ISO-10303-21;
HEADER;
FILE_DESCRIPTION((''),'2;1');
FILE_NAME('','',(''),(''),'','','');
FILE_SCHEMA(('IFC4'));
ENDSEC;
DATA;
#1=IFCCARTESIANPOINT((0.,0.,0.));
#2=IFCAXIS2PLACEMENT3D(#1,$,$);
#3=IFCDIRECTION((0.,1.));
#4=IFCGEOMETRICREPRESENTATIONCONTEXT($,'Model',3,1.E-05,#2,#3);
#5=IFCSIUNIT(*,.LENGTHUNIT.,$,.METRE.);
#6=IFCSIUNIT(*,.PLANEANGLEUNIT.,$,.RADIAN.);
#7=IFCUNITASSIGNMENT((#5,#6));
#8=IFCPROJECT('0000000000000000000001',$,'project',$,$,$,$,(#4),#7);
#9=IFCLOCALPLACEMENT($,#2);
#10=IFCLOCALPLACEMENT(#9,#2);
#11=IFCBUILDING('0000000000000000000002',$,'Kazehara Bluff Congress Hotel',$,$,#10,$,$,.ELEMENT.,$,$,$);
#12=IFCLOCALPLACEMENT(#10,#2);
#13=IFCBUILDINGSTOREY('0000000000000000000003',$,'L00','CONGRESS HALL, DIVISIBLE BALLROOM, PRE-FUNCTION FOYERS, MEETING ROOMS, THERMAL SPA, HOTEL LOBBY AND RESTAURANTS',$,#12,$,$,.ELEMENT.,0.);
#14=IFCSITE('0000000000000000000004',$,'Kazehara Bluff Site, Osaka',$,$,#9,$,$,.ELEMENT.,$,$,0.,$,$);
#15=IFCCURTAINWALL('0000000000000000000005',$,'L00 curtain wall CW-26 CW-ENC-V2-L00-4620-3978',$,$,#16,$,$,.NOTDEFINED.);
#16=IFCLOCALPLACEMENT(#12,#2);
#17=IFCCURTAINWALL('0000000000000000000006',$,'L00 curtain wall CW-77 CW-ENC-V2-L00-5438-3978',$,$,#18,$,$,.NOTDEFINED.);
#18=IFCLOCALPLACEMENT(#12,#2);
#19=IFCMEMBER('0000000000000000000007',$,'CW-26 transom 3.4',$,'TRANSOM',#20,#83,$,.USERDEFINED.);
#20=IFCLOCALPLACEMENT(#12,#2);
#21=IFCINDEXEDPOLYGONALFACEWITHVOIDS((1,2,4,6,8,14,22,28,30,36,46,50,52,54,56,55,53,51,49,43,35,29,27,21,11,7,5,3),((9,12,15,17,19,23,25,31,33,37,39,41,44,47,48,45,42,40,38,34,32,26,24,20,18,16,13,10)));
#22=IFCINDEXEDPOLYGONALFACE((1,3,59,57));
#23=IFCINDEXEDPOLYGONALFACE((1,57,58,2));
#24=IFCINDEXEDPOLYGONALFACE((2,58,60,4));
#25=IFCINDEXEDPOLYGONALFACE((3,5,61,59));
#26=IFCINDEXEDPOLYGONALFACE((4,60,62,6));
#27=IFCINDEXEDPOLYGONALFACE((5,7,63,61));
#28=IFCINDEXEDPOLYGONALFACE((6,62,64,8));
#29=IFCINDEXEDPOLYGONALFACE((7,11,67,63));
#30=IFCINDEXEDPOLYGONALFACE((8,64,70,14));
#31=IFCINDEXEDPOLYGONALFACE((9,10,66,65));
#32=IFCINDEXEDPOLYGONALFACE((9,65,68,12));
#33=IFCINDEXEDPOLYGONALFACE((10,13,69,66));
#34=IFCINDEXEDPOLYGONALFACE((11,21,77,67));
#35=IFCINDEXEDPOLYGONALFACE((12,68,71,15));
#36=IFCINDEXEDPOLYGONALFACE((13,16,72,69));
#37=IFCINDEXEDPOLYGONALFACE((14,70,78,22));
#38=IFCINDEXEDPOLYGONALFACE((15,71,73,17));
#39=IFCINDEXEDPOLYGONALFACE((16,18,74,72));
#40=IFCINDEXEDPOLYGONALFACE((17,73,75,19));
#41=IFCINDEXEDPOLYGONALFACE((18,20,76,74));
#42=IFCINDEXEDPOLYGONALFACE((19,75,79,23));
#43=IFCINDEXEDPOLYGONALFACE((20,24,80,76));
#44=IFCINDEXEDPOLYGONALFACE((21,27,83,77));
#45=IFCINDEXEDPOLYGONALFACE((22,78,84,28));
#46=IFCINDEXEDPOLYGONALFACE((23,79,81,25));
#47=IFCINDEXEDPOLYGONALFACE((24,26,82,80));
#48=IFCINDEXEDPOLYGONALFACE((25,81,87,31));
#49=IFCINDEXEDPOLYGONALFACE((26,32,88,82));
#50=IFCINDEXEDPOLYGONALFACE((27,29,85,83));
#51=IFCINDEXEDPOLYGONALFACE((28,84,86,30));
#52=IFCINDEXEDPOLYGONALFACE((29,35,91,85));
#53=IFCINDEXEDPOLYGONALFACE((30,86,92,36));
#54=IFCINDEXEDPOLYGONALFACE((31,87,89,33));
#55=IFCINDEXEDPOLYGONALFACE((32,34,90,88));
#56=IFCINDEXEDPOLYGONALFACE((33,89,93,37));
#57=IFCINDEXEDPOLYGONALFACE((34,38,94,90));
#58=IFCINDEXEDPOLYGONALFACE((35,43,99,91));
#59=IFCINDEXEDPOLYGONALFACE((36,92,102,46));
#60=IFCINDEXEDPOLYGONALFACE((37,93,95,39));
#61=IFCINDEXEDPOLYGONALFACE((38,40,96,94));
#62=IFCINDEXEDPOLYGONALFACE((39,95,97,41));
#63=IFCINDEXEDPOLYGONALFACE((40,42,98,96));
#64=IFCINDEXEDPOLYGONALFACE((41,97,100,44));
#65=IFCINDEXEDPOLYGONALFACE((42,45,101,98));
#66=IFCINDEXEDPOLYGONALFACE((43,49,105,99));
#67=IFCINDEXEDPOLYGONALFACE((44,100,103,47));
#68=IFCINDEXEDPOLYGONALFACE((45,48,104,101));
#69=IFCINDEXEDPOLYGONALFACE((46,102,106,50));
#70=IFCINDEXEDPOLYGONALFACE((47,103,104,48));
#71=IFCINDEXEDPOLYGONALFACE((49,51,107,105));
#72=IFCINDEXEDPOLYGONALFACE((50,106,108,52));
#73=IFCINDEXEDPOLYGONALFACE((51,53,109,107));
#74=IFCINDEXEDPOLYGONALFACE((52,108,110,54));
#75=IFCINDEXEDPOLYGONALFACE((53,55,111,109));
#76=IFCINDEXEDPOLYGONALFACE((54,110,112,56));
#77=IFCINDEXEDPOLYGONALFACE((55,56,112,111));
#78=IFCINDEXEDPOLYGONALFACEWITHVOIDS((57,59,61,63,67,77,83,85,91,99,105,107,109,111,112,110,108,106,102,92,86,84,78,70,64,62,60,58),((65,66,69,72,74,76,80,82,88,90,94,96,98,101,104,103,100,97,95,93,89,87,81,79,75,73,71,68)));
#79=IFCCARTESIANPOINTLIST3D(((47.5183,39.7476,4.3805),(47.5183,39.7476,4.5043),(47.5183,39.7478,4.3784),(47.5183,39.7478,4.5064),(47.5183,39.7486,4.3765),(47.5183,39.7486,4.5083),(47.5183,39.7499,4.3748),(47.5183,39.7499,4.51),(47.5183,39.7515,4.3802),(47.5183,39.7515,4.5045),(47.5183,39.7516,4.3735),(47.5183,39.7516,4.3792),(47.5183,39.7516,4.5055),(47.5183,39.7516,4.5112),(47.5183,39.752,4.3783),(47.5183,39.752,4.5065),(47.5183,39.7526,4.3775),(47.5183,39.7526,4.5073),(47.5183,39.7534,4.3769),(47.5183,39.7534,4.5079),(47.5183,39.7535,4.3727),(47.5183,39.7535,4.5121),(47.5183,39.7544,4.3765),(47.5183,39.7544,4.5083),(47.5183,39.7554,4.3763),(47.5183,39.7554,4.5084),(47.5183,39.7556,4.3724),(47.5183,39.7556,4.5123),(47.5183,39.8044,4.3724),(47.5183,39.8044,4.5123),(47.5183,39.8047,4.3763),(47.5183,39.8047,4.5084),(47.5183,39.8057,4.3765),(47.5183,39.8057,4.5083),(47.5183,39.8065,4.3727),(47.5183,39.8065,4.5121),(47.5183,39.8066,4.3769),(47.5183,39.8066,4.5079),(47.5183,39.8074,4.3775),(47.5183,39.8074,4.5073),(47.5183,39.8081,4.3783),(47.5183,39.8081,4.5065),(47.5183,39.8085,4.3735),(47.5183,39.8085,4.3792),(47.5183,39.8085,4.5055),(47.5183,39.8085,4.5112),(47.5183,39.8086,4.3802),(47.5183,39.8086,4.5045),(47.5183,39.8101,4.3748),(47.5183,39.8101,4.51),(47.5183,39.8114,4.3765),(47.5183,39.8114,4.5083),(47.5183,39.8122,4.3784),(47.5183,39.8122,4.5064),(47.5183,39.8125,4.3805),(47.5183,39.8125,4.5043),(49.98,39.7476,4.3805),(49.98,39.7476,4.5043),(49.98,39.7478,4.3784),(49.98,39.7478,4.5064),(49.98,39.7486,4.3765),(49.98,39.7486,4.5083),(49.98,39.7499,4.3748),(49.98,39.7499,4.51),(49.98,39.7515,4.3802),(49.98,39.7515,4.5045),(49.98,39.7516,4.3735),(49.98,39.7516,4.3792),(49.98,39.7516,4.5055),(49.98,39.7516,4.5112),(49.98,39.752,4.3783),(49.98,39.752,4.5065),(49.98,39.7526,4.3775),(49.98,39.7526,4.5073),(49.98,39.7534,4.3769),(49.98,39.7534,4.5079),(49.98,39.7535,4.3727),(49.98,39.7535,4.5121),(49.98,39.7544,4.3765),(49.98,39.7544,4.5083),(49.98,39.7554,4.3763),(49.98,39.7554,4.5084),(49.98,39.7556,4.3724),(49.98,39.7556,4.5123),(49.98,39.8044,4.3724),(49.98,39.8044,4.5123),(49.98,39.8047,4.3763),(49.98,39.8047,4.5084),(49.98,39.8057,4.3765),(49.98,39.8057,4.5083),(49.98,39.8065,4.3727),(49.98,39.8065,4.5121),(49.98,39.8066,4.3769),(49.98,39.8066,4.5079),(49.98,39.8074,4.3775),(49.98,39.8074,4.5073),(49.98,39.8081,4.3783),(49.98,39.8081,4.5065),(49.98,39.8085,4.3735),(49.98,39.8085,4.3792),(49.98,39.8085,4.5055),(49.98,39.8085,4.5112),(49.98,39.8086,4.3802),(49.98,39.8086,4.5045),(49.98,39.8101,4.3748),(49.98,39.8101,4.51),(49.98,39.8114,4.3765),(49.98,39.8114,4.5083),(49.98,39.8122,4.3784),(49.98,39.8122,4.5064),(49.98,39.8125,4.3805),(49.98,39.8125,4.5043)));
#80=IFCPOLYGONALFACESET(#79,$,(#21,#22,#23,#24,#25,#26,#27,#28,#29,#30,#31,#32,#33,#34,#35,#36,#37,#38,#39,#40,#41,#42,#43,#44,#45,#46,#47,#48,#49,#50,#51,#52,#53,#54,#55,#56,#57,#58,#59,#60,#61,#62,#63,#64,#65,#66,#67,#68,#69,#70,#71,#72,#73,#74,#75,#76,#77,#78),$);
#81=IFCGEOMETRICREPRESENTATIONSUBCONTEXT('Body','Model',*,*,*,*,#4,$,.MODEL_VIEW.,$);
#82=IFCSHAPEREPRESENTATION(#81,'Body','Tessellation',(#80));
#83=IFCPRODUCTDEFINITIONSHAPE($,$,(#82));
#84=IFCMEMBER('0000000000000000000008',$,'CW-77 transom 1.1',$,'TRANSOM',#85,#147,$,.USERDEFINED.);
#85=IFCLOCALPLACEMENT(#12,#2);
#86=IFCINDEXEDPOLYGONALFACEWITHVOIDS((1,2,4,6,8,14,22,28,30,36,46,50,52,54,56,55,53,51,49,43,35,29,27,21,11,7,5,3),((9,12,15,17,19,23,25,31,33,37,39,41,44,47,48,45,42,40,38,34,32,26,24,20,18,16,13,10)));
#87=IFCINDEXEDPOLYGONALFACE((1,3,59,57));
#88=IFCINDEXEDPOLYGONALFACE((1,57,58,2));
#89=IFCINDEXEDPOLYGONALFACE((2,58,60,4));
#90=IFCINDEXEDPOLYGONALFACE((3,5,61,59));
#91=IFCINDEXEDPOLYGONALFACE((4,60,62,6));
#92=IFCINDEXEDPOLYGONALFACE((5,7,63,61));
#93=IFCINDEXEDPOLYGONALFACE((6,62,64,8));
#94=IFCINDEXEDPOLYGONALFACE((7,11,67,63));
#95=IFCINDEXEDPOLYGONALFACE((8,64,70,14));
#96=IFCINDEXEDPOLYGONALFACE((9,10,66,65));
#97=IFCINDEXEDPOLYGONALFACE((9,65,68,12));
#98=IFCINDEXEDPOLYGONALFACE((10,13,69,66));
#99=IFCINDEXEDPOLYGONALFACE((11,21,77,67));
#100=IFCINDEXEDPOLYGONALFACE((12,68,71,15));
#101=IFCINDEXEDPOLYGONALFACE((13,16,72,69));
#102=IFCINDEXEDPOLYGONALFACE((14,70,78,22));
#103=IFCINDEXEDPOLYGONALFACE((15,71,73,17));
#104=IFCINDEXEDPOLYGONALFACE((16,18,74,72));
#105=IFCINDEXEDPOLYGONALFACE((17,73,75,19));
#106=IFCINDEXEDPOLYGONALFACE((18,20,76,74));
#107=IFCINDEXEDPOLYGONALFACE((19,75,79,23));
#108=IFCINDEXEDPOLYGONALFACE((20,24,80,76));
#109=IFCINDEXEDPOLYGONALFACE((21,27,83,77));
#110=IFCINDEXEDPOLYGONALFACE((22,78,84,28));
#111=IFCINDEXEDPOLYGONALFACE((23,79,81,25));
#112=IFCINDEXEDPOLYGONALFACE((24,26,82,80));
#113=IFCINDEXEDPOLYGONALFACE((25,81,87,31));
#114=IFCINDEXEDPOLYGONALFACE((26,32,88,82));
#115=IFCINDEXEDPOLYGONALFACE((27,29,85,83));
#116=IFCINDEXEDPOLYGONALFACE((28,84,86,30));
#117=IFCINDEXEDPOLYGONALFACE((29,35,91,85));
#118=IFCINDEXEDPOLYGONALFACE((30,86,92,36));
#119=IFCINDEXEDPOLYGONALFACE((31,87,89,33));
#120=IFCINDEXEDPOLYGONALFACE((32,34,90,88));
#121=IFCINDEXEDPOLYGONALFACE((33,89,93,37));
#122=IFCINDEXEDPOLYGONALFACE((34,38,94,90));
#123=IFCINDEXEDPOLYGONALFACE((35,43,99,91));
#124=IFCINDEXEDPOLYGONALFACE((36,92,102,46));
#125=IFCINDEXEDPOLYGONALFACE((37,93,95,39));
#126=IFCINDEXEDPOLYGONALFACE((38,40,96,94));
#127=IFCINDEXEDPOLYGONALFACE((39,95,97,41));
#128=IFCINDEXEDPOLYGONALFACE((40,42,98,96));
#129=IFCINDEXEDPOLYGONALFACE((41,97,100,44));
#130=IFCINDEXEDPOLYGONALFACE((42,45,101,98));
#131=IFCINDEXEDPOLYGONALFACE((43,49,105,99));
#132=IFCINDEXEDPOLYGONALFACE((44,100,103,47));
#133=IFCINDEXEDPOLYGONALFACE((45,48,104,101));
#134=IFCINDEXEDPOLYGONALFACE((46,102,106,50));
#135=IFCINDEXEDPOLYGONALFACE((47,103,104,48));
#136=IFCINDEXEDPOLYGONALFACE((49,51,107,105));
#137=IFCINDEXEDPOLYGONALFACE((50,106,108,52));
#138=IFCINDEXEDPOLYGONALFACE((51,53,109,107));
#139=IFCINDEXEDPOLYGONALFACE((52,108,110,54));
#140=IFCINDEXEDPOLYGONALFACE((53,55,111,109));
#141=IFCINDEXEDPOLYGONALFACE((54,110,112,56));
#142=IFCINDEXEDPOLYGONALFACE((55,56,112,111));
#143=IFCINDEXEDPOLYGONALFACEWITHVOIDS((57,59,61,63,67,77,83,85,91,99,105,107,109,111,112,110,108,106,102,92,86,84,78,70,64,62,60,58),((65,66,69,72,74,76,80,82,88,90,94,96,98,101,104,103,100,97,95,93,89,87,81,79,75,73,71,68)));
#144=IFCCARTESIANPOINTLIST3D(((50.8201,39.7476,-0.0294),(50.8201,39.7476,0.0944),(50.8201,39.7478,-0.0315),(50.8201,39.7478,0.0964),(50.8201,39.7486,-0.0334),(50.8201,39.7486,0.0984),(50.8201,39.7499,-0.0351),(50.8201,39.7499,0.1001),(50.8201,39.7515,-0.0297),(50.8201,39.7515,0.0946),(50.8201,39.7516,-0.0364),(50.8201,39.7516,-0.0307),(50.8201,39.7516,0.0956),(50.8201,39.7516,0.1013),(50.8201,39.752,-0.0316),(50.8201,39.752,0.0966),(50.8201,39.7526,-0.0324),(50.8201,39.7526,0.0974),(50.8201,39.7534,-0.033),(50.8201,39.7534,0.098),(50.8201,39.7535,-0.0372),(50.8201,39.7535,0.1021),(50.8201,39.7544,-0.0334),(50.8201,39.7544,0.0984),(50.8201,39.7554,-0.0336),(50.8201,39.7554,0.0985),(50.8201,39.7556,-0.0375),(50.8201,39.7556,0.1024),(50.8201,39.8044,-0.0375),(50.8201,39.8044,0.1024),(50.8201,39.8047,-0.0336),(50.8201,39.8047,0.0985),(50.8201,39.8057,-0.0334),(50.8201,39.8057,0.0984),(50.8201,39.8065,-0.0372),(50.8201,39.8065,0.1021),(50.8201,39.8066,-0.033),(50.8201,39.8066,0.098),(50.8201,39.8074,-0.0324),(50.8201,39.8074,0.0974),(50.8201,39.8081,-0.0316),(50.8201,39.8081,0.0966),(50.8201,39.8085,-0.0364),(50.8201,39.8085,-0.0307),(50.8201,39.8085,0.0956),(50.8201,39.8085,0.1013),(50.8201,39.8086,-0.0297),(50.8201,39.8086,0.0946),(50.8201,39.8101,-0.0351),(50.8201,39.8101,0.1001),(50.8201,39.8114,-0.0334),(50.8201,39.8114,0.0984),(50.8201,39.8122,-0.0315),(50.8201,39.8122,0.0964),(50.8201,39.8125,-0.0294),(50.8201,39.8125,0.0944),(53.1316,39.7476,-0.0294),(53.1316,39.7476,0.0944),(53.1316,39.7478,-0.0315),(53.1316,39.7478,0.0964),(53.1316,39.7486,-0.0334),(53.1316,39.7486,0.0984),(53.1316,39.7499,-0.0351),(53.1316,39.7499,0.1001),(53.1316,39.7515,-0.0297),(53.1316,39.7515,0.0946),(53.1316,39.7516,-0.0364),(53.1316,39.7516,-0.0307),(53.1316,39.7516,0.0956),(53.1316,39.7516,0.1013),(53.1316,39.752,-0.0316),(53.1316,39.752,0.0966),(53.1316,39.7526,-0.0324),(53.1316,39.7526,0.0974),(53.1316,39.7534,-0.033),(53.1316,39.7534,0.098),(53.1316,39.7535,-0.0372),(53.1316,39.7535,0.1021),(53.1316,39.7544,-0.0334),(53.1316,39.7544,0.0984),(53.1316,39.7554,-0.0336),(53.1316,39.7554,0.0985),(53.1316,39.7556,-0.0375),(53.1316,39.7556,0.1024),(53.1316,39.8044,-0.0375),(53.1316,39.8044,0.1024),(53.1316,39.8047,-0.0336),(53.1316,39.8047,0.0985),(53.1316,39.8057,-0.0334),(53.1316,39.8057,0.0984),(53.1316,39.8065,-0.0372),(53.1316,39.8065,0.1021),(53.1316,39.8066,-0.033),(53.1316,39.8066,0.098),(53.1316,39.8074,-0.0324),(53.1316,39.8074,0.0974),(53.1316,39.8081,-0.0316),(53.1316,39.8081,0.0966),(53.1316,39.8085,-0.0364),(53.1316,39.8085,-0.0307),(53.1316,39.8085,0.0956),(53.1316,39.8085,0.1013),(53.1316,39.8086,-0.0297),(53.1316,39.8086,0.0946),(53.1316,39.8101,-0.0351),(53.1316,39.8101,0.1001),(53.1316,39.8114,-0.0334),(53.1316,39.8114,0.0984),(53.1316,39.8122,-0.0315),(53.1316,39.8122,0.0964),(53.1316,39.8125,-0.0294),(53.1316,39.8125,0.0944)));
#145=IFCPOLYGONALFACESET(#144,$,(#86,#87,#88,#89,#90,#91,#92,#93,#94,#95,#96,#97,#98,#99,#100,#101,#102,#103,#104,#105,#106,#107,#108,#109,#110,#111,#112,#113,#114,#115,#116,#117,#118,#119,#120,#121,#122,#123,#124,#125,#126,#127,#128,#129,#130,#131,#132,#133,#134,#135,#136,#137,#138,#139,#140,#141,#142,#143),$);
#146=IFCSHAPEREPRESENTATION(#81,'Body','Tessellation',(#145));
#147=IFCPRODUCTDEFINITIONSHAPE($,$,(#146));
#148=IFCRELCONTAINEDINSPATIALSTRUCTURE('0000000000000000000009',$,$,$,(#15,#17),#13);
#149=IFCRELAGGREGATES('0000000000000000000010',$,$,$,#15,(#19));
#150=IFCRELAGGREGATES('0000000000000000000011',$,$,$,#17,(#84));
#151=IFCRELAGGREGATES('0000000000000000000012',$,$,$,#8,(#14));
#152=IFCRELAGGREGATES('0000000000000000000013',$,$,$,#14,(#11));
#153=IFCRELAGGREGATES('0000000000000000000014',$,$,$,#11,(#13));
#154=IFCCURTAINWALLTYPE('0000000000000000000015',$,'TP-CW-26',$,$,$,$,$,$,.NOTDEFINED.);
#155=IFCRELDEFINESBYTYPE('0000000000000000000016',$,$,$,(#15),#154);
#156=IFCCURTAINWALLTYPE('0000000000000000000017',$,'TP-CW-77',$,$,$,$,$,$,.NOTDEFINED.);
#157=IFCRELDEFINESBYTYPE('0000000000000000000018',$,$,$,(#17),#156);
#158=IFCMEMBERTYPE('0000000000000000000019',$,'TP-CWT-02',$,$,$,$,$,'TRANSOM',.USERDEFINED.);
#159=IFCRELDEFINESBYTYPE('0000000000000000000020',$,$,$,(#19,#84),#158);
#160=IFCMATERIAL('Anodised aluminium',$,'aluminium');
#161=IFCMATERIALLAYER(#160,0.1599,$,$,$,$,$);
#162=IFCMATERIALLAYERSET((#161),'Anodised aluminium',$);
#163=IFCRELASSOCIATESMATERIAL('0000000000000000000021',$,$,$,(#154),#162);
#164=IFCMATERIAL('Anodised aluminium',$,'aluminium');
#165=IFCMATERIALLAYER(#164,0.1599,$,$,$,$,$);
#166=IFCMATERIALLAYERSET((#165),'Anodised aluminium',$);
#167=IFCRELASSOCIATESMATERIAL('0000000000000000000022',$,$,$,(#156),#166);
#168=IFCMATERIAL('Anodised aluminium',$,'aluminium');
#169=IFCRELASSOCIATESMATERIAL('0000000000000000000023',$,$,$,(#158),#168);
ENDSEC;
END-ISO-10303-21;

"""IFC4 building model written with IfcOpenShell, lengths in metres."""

from ifc_helpers import new_model, si_unit, direction, frame, origin, origin_2d, place, context, subcontext, project, spatial, hollow_rectangle, extrude, material, layer, layer_set, material_profile, profile_set, type_object, element, aggregate, save


model = new_model("IFC4")

# Units and contexts
model_context = context("Model", 3, precision=1e-05, world=origin(), true_north=direction((0.0, 1.0)))
body_context = subcontext(model_context, "Body", "Model", "MODEL_VIEW")
ifc_project = project(units=[si_unit("LENGTHUNIT", "METRE"), si_unit("PLANEANGLEUNIT", "RADIAN")], contexts=[model_context])

# Site, building, storey
site_placement = place(None, origin())
site = spatial("IfcSite", under=ifc_project, at=site_placement, Name="Kazehara Bluff Site, Osaka", CompositionType="ELEMENT", RefElevation=0.0)
building_placement = place(site_placement, origin())
building = spatial("IfcBuilding", under=site, at=building_placement, Name="Kazehara Bluff Congress Hotel", CompositionType="ELEMENT")
storey_placement = place(building_placement, origin())
storey = spatial("IfcBuildingStorey", under=building, at=storey_placement, Name="L00", Description="CONGRESS HALL, DIVISIBLE BALLROOM, PRE-FUNCTION FOYERS, MEETING ROOMS, THERMAL SPA, HOTEL LOBBY AND RESTAURANTS", CompositionType="ELEMENT", Elevation=0.0)

# Curtain walls
ifc_material_1 = material(Name="Anodised aluminium", Category="aluminium")
ifc_layer_1 = layer(ifc_material_1, 0.1599)
ifc_layer_set_1 = layer_set([ifc_layer_1], Name="Anodised aluminium")
curtain_wall_type_1 = type_object("IfcCurtainWallType", Name="TP-CW-26", PredefinedType="NOTDEFINED", material=ifc_layer_set_1)
curtain_wall_1_placement = place(storey_placement, origin())
curtain_wall_1 = element("IfcCurtainWall", 1, at=curtain_wall_1_placement, inside=storey, type_object=curtain_wall_type_1, Name="L00 curtain wall CW-26 CW-ENC-V2-L00-4620-3978", PredefinedType="NOTDEFINED")
ifc_material_2 = material(Name="Anodised aluminium", Category="aluminium")
ifc_layer_2 = layer(ifc_material_2, 0.1599)
ifc_layer_set_2 = layer_set([ifc_layer_2], Name="Anodised aluminium")
curtain_wall_type_2 = type_object("IfcCurtainWallType", Name="TP-CW-77", PredefinedType="NOTDEFINED", material=ifc_layer_set_2)
curtain_wall_2_placement = place(storey_placement, origin())
curtain_wall_2 = element("IfcCurtainWall", 2, at=curtain_wall_2_placement, inside=storey, type_object=curtain_wall_type_2, Name="L00 curtain wall CW-77 CW-ENC-V2-L00-5438-3978", PredefinedType="NOTDEFINED")

# Members
ifc_material_3 = material(Name="Anodised aluminium", Category="aluminium")
ifc_material_profile_1 = material_profile(ifc_material_3, hollow_rectangle(XDim=0.0649, YDim=0.1399, WallThickness=0.0039, InnerFilletRadius=0.0039, OuterFilletRadius=0.0081, at=origin_2d()))
ifc_profile_set_1 = profile_set([ifc_material_profile_1], Name="Anodised aluminium")
member_type_1 = type_object("IfcMemberType", Name="TP-CWT-02", ElementType="TRANSOM", PredefinedType="USERDEFINED", material=ifc_profile_set_1)
member_1_placement = place(storey_placement, frame((47.5183, 39.78, 4.4424), z_axis=(1.0, 0.0, 0.0), x_axis=(0.0, 1.0, 0.0)))
member_1 = element("IfcMember", 3, at=member_1_placement, type_object=member_type_1, Name="CW-26 transom 3.4", ObjectType="TRANSOM", PredefinedType="USERDEFINED", context=body_context, shape_type="SweptSolid", body=[
    extrude(hollow_rectangle(XDim=0.0649, YDim=0.1399, WallThickness=0.0039, InnerFilletRadius=0.0039, OuterFilletRadius=0.0081, at=origin_2d()), origin(), (0.0, 0.0, 1.0), 2.4617),
])
member_2_placement = place(storey_placement, frame((50.8201, 39.78, 0.0325), z_axis=(1.0, 0.0, 0.0), x_axis=(0.0, 1.0, 0.0)))
member_2 = element("IfcMember", 4, at=member_2_placement, type_object=member_type_1, Name="CW-77 transom 1.1", ObjectType="TRANSOM", PredefinedType="USERDEFINED", context=body_context, shape_type="SweptSolid", body=[
    extrude(hollow_rectangle(XDim=0.0649, YDim=0.1399, WallThickness=0.0039, InnerFilletRadius=0.0039, OuterFilletRadius=0.0081, at=origin_2d()), origin(), (0.0, 0.0, 1.0), 2.3115),
])

aggregate(curtain_wall_1, [member_1])
aggregate(curtain_wall_2, [member_2])

save(model, "model.ifc")
